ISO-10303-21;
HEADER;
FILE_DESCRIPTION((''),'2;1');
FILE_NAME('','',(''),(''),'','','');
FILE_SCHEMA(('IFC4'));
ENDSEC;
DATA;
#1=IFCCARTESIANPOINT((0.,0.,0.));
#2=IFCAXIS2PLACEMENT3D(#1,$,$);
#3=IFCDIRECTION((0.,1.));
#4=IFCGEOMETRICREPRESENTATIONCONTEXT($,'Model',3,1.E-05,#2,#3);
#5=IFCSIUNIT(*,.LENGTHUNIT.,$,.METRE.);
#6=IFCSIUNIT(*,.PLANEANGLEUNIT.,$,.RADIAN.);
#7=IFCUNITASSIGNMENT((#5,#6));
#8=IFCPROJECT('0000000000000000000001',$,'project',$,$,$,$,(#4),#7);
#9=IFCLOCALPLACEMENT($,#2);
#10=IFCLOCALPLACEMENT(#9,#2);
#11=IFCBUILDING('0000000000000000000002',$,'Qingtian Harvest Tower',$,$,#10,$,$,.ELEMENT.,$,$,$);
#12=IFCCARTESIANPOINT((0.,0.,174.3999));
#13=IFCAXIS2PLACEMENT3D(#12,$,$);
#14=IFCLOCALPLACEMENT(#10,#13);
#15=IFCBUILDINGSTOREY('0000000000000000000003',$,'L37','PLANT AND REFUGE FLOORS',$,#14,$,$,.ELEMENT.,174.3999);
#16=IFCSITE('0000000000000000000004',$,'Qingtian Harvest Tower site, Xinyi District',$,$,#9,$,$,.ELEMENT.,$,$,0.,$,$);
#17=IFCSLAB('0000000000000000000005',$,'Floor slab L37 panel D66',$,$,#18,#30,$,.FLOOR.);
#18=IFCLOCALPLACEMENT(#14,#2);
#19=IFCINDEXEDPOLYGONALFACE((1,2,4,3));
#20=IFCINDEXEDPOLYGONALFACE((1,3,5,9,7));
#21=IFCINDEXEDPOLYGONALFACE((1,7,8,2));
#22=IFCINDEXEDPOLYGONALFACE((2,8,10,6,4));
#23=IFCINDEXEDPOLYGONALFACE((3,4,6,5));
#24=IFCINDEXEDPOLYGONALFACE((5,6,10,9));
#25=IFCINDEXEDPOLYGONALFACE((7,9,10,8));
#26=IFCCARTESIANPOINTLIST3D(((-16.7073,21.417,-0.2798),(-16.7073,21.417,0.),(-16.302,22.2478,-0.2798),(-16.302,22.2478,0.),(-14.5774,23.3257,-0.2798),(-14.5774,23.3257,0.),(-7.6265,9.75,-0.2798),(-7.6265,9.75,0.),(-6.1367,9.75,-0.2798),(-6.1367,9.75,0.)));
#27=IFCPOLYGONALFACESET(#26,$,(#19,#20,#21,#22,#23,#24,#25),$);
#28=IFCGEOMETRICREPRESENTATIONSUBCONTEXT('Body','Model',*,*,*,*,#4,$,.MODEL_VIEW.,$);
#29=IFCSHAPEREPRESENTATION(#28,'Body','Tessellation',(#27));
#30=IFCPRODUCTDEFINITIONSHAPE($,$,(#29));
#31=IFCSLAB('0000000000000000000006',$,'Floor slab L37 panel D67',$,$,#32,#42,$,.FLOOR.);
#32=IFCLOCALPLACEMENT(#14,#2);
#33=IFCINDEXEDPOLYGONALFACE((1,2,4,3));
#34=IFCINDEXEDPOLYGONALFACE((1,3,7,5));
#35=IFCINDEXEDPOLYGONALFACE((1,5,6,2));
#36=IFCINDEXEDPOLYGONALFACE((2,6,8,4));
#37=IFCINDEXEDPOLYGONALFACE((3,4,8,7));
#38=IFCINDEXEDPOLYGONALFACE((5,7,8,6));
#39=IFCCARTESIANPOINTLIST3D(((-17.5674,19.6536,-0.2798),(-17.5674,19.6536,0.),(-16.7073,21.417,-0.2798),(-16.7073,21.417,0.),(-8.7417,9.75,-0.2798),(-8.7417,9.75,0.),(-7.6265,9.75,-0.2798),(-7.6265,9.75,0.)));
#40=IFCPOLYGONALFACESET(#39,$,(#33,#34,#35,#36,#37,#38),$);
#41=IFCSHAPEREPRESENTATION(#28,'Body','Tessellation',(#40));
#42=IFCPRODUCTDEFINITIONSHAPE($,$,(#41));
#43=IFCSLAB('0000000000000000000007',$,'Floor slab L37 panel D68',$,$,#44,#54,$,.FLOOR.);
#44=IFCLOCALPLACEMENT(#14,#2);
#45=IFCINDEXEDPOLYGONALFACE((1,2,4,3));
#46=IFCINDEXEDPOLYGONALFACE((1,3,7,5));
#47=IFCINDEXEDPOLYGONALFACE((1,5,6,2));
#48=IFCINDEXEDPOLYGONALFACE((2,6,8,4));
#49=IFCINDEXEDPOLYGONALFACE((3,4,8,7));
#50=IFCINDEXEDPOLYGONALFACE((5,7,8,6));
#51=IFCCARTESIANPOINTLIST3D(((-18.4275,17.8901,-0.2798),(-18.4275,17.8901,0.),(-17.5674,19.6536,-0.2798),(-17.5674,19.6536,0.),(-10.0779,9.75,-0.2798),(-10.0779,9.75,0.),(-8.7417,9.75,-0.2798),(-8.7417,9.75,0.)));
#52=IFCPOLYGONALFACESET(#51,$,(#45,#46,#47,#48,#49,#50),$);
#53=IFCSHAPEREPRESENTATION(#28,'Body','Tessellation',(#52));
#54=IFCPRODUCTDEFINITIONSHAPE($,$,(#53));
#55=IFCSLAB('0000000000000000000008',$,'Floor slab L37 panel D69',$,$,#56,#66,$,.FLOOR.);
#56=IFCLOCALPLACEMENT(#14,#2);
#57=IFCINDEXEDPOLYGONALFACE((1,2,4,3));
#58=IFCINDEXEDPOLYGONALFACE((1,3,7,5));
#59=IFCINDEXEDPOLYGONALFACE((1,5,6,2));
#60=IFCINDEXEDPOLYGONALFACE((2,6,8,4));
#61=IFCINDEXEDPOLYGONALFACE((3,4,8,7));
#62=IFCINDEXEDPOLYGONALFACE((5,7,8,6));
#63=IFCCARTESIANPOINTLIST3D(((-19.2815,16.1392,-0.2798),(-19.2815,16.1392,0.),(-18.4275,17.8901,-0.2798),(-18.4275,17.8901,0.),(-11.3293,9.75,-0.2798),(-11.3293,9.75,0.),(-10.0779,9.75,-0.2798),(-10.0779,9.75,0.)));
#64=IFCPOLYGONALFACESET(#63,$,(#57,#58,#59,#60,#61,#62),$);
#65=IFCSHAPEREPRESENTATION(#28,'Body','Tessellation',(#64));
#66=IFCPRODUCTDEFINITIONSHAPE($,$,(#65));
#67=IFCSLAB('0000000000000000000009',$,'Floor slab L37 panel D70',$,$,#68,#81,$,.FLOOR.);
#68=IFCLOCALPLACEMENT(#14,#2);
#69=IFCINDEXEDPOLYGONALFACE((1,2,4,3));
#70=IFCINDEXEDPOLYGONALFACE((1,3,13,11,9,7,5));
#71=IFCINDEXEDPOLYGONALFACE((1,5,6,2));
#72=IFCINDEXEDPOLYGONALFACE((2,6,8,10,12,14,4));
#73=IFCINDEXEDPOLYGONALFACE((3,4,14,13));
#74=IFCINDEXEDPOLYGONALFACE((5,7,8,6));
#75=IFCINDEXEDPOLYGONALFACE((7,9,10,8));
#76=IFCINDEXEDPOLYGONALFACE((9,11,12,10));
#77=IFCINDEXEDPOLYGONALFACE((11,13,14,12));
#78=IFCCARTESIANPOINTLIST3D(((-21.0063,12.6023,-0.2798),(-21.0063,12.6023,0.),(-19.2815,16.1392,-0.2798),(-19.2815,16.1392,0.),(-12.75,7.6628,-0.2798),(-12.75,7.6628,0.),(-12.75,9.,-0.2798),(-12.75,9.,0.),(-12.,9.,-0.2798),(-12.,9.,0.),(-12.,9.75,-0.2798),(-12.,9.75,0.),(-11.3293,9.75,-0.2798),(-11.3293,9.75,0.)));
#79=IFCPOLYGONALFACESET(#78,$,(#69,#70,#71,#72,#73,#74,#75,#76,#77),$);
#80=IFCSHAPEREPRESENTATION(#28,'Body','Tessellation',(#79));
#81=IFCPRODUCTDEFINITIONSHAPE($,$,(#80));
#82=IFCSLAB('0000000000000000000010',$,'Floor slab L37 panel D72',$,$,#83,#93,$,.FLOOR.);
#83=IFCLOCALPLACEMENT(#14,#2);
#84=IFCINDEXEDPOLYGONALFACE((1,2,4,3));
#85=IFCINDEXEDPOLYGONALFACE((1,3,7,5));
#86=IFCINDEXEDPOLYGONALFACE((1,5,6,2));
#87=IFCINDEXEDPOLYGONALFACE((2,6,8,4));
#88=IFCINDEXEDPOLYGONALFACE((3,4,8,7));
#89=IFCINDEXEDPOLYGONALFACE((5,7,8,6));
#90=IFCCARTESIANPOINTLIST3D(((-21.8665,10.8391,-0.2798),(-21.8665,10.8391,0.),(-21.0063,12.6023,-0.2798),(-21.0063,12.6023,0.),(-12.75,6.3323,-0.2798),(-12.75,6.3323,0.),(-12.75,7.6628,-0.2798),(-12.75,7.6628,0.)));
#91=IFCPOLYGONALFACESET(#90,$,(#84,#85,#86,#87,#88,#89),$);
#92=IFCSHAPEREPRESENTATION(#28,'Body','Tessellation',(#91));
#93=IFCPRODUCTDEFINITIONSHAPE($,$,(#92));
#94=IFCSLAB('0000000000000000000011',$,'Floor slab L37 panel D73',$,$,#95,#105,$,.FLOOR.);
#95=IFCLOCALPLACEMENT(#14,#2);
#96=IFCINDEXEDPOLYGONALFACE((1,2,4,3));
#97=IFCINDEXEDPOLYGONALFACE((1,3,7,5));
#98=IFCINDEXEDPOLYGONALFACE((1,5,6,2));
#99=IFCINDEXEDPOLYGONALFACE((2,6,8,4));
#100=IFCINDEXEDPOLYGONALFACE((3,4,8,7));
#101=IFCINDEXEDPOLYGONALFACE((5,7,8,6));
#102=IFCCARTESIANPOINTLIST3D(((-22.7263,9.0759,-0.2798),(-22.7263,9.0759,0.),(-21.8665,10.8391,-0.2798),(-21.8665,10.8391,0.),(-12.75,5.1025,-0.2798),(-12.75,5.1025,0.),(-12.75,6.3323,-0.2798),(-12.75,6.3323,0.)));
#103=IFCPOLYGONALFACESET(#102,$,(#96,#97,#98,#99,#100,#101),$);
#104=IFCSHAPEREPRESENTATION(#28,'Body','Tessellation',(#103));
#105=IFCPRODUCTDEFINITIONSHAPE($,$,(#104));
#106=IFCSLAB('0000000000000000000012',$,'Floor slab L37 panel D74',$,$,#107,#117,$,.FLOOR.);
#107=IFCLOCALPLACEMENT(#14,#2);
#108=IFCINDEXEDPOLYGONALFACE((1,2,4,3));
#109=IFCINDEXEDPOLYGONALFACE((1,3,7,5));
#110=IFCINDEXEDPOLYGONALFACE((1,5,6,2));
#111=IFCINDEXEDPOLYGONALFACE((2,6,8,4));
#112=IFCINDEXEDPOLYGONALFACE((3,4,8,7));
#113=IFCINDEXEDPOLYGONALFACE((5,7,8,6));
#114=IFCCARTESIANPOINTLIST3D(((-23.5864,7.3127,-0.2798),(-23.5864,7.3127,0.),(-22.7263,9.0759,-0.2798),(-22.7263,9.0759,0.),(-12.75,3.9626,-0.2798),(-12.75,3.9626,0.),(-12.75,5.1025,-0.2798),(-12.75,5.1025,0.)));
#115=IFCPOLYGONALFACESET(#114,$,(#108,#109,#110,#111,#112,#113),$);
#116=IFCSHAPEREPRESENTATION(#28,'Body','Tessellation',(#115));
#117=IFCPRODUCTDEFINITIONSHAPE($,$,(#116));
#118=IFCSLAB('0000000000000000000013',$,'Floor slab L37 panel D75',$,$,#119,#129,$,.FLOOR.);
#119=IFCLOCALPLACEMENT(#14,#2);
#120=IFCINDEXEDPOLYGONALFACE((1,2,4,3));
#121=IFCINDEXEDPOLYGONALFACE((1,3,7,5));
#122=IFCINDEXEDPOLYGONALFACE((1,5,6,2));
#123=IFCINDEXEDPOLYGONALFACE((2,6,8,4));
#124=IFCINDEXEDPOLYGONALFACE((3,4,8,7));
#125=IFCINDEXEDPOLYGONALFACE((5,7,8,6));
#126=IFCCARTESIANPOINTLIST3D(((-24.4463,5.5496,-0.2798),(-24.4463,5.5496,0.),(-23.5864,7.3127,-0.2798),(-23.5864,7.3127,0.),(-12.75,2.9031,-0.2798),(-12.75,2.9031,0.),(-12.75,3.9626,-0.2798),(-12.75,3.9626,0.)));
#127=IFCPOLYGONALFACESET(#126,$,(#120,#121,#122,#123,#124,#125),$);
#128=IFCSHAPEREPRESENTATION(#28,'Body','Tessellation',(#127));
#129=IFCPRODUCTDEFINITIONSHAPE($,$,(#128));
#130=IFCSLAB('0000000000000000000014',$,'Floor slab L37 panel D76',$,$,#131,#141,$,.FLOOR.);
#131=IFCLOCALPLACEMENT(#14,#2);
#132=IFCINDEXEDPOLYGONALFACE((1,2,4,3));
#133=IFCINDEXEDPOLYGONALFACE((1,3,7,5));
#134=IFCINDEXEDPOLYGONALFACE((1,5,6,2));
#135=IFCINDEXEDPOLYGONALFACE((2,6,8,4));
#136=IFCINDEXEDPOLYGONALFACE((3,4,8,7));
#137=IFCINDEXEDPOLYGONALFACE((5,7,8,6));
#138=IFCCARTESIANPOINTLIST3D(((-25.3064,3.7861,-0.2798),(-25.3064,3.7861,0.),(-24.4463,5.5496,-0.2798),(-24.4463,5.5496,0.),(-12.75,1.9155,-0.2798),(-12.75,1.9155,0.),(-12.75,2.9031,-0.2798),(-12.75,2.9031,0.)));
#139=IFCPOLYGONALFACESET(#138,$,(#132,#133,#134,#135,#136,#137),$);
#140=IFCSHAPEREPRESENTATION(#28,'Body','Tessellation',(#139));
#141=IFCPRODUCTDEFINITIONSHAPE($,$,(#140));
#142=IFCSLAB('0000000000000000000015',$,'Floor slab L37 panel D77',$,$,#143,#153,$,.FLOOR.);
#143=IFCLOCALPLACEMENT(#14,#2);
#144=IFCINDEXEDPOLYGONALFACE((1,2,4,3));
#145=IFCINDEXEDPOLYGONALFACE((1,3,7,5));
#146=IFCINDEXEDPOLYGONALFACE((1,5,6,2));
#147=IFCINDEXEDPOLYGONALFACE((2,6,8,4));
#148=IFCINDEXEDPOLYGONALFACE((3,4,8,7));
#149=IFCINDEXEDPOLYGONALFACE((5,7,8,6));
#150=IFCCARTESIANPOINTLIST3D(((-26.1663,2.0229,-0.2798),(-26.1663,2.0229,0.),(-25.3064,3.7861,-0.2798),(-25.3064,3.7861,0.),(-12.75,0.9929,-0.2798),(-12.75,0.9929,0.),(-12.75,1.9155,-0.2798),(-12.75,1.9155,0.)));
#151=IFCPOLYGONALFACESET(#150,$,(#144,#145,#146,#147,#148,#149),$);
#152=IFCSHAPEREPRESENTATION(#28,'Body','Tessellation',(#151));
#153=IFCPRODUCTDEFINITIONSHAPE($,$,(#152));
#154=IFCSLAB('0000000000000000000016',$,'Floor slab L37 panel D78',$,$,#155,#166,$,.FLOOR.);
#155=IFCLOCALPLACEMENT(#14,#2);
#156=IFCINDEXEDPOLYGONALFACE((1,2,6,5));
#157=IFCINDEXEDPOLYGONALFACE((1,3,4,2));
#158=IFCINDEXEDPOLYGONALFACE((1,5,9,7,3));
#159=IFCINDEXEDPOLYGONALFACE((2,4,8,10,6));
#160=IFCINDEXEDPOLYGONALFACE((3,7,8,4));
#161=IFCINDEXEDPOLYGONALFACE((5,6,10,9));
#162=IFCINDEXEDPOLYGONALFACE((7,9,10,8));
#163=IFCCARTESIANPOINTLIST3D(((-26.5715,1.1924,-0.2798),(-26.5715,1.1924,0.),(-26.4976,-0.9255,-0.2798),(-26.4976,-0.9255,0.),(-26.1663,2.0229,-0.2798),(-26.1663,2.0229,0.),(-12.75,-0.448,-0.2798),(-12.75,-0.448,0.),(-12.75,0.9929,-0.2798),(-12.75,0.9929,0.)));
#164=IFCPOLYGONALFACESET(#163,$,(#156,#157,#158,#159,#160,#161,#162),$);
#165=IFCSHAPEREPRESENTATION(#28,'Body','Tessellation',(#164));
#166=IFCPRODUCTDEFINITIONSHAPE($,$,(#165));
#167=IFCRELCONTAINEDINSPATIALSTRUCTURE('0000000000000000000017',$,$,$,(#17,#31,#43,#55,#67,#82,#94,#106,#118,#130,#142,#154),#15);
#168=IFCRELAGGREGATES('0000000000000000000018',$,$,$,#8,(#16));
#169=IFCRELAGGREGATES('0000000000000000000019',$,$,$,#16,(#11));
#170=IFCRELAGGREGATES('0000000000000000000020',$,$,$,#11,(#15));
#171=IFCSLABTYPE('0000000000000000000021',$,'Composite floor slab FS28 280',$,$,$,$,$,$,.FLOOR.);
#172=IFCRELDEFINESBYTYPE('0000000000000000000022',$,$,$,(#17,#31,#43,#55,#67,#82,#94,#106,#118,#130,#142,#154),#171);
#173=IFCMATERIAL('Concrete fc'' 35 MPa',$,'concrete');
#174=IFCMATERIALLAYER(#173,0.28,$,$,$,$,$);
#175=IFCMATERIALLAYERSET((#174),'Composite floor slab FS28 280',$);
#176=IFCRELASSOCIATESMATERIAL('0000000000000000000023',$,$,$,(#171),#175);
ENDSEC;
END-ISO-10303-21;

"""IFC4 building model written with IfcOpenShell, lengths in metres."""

from ifc_helpers import new_model, si_unit, direction, frame, origin, place, context, subcontext, project, spatial, polyline, outline, extrude, material, layer, layer_set, type_object, element, save


model = new_model("IFC4")

# Units and contexts
model_context = context("Model", 3, precision=1e-05, world=origin(), true_north=direction((0.0, 1.0)))
body_context = subcontext(model_context, "Body", "Model", "MODEL_VIEW")
ifc_project = project(units=[si_unit("LENGTHUNIT", "METRE"), si_unit("PLANEANGLEUNIT", "RADIAN")], contexts=[model_context])

# Site, building, storey
site_placement = place(None, origin())
site = spatial("IfcSite", under=ifc_project, at=site_placement, Name="Qingtian Harvest Tower site, Xinyi District", CompositionType="ELEMENT", RefElevation=0.0)
building_placement = place(site_placement, origin())
building = spatial("IfcBuilding", under=site, at=building_placement, Name="Qingtian Harvest Tower", CompositionType="ELEMENT")
storey_placement = place(building_placement, frame((0.0, 0.0, 174.3999)))
storey = spatial("IfcBuildingStorey", under=building, at=storey_placement, Name="L37", Description="PLANT AND REFUGE FLOORS", CompositionType="ELEMENT", Elevation=174.3999)

# Slabs
ifc_material = material(Name="Concrete fc' 35 MPa", Category="concrete")
ifc_layer = layer(ifc_material, 0.28)
ifc_layer_set = layer_set([ifc_layer], Name="Composite floor slab FS28 280")
slab_type = type_object("IfcSlabType", Name="Composite floor slab FS28 280", PredefinedType="FLOOR", material=ifc_layer_set)
slab_1_placement = place(storey_placement, frame((0.0, 0.0, -0.2798)))
element("IfcSlab", 1, at=slab_1_placement, inside=storey, type_object=slab_type, Name="Floor slab L37 panel D66", PredefinedType="FLOOR", context=body_context, shape_type="SweptSolid", body=[
    extrude(outline(polyline([(-6.1367, 9.75), (-7.6265, 9.75), (-16.7073, 21.417), (-16.302, 22.2478), (-14.5774, 23.3257), (-6.1367, 9.75)])), origin(), (0.0, 0.0, 1.0), 0.2798),
])
slab_2_placement = place(storey_placement, frame((0.0, 0.0, -0.2798)))
element("IfcSlab", 2, at=slab_2_placement, inside=storey, type_object=slab_type, Name="Floor slab L37 panel D67", PredefinedType="FLOOR", context=body_context, shape_type="SweptSolid", body=[
    extrude(outline(polyline([(-8.7417, 9.75), (-17.5674, 19.6536), (-16.7073, 21.417), (-7.6265, 9.75), (-8.7417, 9.75)])), origin(), (0.0, 0.0, 1.0), 0.2798),
])
slab_3_placement = place(storey_placement, frame((0.0, 0.0, -0.2798)))
element("IfcSlab", 3, at=slab_3_placement, inside=storey, type_object=slab_type, Name="Floor slab L37 panel D68", PredefinedType="FLOOR", context=body_context, shape_type="SweptSolid", body=[
    extrude(outline(polyline([(-10.0779, 9.75), (-18.4275, 17.8901), (-17.5674, 19.6536), (-8.7417, 9.75), (-10.0779, 9.75)])), origin(), (0.0, 0.0, 1.0), 0.2798),
])
slab_4_placement = place(storey_placement, frame((0.0, 0.0, -0.2798)))
element("IfcSlab", 4, at=slab_4_placement, inside=storey, type_object=slab_type, Name="Floor slab L37 panel D69", PredefinedType="FLOOR", context=body_context, shape_type="SweptSolid", body=[
    extrude(outline(polyline([(-11.3293, 9.75), (-19.2815, 16.1392), (-18.4275, 17.8901), (-10.0779, 9.75), (-11.3293, 9.75)])), origin(), (0.0, 0.0, 1.0), 0.2798),
])
slab_5_placement = place(storey_placement, frame((0.0, 0.0, -0.2798)))
element("IfcSlab", 5, at=slab_5_placement, inside=storey, type_object=slab_type, Name="Floor slab L37 panel D70", PredefinedType="FLOOR", context=body_context, shape_type="SweptSolid", body=[
    extrude(outline(polyline([(-12.0, 9.0), (-12.75, 9.0), (-12.75, 7.6628), (-21.0063, 12.6023), (-19.2815, 16.1392), (-11.3293, 9.75), (-12.0, 9.75), (-12.0, 9.0)])), origin(), (0.0, 0.0, 1.0), 0.2798),
])
slab_6_placement = place(storey_placement, frame((0.0, 0.0, -0.2798)))
element("IfcSlab", 6, at=slab_6_placement, inside=storey, type_object=slab_type, Name="Floor slab L37 panel D72", PredefinedType="FLOOR", context=body_context, shape_type="SweptSolid", body=[
    extrude(outline(polyline([(-12.75, 6.3323), (-21.8665, 10.8391), (-21.0063, 12.6023), (-12.75, 7.6628), (-12.75, 6.3323)])), origin(), (0.0, 0.0, 1.0), 0.2798),
])
slab_7_placement = place(storey_placement, frame((0.0, 0.0, -0.2798)))
element("IfcSlab", 7, at=slab_7_placement, inside=storey, type_object=slab_type, Name="Floor slab L37 panel D73", PredefinedType="FLOOR", context=body_context, shape_type="SweptSolid", body=[
    extrude(outline(polyline([(-12.75, 5.1025), (-22.7263, 9.0759), (-21.8665, 10.8391), (-12.75, 6.3323), (-12.75, 5.1025)])), origin(), (0.0, 0.0, 1.0), 0.2798),
])
slab_8_placement = place(storey_placement, frame((0.0, 0.0, -0.2798)))
element("IfcSlab", 8, at=slab_8_placement, inside=storey, type_object=slab_type, Name="Floor slab L37 panel D74", PredefinedType="FLOOR", context=body_context, shape_type="SweptSolid", body=[
    extrude(outline(polyline([(-12.75, 3.9626), (-23.5864, 7.3127), (-22.7263, 9.0759), (-12.75, 5.1025), (-12.75, 3.9626)])), origin(), (0.0, 0.0, 1.0), 0.2798),
])
slab_9_placement = place(storey_placement, frame((0.0, 0.0, -0.2798)))
element("IfcSlab", 9, at=slab_9_placement, inside=storey, type_object=slab_type, Name="Floor slab L37 panel D75", PredefinedType="FLOOR", context=body_context, shape_type="SweptSolid", body=[
    extrude(outline(polyline([(-12.75, 2.9031), (-24.4463, 5.5496), (-23.5864, 7.3127), (-12.75, 3.9626), (-12.75, 2.9031)])), origin(), (0.0, 0.0, 1.0), 0.2798),
])
slab_10_placement = place(storey_placement, frame((0.0, 0.0, -0.2798)))
element("IfcSlab", 10, at=slab_10_placement, inside=storey, type_object=slab_type, Name="Floor slab L37 panel D76", PredefinedType="FLOOR", context=body_context, shape_type="SweptSolid", body=[
    extrude(outline(polyline([(-12.75, 1.9155), (-25.3064, 3.7861), (-24.4463, 5.5496), (-12.75, 2.9031), (-12.75, 1.9155)])), origin(), (0.0, 0.0, 1.0), 0.2798),
])
slab_11_placement = place(storey_placement, frame((0.0, 0.0, -0.2798)))
element("IfcSlab", 11, at=slab_11_placement, inside=storey, type_object=slab_type, Name="Floor slab L37 panel D77", PredefinedType="FLOOR", context=body_context, shape_type="SweptSolid", body=[
    extrude(outline(polyline([(-12.75, 0.9929), (-26.1663, 2.0229), (-25.3064, 3.7861), (-12.75, 1.9155), (-12.75, 0.9929)])), origin(), (0.0, 0.0, 1.0), 0.2798),
])
slab_12_placement = place(storey_placement, frame((0.0, 0.0, -0.2798)))
element("IfcSlab", 12, at=slab_12_placement, inside=storey, type_object=slab_type, Name="Floor slab L37 panel D78", PredefinedType="FLOOR", context=body_context, shape_type="SweptSolid", body=[
    extrude(outline(polyline([(-12.75, 0.9929), (-12.75, -0.448), (-26.4976, -0.9255), (-26.5715, 1.1924), (-26.1663, 2.0229), (-12.75, 0.9929)])), origin(), (0.0, 0.0, 1.0), 0.2798),
])

save(model, "model.ifc")
